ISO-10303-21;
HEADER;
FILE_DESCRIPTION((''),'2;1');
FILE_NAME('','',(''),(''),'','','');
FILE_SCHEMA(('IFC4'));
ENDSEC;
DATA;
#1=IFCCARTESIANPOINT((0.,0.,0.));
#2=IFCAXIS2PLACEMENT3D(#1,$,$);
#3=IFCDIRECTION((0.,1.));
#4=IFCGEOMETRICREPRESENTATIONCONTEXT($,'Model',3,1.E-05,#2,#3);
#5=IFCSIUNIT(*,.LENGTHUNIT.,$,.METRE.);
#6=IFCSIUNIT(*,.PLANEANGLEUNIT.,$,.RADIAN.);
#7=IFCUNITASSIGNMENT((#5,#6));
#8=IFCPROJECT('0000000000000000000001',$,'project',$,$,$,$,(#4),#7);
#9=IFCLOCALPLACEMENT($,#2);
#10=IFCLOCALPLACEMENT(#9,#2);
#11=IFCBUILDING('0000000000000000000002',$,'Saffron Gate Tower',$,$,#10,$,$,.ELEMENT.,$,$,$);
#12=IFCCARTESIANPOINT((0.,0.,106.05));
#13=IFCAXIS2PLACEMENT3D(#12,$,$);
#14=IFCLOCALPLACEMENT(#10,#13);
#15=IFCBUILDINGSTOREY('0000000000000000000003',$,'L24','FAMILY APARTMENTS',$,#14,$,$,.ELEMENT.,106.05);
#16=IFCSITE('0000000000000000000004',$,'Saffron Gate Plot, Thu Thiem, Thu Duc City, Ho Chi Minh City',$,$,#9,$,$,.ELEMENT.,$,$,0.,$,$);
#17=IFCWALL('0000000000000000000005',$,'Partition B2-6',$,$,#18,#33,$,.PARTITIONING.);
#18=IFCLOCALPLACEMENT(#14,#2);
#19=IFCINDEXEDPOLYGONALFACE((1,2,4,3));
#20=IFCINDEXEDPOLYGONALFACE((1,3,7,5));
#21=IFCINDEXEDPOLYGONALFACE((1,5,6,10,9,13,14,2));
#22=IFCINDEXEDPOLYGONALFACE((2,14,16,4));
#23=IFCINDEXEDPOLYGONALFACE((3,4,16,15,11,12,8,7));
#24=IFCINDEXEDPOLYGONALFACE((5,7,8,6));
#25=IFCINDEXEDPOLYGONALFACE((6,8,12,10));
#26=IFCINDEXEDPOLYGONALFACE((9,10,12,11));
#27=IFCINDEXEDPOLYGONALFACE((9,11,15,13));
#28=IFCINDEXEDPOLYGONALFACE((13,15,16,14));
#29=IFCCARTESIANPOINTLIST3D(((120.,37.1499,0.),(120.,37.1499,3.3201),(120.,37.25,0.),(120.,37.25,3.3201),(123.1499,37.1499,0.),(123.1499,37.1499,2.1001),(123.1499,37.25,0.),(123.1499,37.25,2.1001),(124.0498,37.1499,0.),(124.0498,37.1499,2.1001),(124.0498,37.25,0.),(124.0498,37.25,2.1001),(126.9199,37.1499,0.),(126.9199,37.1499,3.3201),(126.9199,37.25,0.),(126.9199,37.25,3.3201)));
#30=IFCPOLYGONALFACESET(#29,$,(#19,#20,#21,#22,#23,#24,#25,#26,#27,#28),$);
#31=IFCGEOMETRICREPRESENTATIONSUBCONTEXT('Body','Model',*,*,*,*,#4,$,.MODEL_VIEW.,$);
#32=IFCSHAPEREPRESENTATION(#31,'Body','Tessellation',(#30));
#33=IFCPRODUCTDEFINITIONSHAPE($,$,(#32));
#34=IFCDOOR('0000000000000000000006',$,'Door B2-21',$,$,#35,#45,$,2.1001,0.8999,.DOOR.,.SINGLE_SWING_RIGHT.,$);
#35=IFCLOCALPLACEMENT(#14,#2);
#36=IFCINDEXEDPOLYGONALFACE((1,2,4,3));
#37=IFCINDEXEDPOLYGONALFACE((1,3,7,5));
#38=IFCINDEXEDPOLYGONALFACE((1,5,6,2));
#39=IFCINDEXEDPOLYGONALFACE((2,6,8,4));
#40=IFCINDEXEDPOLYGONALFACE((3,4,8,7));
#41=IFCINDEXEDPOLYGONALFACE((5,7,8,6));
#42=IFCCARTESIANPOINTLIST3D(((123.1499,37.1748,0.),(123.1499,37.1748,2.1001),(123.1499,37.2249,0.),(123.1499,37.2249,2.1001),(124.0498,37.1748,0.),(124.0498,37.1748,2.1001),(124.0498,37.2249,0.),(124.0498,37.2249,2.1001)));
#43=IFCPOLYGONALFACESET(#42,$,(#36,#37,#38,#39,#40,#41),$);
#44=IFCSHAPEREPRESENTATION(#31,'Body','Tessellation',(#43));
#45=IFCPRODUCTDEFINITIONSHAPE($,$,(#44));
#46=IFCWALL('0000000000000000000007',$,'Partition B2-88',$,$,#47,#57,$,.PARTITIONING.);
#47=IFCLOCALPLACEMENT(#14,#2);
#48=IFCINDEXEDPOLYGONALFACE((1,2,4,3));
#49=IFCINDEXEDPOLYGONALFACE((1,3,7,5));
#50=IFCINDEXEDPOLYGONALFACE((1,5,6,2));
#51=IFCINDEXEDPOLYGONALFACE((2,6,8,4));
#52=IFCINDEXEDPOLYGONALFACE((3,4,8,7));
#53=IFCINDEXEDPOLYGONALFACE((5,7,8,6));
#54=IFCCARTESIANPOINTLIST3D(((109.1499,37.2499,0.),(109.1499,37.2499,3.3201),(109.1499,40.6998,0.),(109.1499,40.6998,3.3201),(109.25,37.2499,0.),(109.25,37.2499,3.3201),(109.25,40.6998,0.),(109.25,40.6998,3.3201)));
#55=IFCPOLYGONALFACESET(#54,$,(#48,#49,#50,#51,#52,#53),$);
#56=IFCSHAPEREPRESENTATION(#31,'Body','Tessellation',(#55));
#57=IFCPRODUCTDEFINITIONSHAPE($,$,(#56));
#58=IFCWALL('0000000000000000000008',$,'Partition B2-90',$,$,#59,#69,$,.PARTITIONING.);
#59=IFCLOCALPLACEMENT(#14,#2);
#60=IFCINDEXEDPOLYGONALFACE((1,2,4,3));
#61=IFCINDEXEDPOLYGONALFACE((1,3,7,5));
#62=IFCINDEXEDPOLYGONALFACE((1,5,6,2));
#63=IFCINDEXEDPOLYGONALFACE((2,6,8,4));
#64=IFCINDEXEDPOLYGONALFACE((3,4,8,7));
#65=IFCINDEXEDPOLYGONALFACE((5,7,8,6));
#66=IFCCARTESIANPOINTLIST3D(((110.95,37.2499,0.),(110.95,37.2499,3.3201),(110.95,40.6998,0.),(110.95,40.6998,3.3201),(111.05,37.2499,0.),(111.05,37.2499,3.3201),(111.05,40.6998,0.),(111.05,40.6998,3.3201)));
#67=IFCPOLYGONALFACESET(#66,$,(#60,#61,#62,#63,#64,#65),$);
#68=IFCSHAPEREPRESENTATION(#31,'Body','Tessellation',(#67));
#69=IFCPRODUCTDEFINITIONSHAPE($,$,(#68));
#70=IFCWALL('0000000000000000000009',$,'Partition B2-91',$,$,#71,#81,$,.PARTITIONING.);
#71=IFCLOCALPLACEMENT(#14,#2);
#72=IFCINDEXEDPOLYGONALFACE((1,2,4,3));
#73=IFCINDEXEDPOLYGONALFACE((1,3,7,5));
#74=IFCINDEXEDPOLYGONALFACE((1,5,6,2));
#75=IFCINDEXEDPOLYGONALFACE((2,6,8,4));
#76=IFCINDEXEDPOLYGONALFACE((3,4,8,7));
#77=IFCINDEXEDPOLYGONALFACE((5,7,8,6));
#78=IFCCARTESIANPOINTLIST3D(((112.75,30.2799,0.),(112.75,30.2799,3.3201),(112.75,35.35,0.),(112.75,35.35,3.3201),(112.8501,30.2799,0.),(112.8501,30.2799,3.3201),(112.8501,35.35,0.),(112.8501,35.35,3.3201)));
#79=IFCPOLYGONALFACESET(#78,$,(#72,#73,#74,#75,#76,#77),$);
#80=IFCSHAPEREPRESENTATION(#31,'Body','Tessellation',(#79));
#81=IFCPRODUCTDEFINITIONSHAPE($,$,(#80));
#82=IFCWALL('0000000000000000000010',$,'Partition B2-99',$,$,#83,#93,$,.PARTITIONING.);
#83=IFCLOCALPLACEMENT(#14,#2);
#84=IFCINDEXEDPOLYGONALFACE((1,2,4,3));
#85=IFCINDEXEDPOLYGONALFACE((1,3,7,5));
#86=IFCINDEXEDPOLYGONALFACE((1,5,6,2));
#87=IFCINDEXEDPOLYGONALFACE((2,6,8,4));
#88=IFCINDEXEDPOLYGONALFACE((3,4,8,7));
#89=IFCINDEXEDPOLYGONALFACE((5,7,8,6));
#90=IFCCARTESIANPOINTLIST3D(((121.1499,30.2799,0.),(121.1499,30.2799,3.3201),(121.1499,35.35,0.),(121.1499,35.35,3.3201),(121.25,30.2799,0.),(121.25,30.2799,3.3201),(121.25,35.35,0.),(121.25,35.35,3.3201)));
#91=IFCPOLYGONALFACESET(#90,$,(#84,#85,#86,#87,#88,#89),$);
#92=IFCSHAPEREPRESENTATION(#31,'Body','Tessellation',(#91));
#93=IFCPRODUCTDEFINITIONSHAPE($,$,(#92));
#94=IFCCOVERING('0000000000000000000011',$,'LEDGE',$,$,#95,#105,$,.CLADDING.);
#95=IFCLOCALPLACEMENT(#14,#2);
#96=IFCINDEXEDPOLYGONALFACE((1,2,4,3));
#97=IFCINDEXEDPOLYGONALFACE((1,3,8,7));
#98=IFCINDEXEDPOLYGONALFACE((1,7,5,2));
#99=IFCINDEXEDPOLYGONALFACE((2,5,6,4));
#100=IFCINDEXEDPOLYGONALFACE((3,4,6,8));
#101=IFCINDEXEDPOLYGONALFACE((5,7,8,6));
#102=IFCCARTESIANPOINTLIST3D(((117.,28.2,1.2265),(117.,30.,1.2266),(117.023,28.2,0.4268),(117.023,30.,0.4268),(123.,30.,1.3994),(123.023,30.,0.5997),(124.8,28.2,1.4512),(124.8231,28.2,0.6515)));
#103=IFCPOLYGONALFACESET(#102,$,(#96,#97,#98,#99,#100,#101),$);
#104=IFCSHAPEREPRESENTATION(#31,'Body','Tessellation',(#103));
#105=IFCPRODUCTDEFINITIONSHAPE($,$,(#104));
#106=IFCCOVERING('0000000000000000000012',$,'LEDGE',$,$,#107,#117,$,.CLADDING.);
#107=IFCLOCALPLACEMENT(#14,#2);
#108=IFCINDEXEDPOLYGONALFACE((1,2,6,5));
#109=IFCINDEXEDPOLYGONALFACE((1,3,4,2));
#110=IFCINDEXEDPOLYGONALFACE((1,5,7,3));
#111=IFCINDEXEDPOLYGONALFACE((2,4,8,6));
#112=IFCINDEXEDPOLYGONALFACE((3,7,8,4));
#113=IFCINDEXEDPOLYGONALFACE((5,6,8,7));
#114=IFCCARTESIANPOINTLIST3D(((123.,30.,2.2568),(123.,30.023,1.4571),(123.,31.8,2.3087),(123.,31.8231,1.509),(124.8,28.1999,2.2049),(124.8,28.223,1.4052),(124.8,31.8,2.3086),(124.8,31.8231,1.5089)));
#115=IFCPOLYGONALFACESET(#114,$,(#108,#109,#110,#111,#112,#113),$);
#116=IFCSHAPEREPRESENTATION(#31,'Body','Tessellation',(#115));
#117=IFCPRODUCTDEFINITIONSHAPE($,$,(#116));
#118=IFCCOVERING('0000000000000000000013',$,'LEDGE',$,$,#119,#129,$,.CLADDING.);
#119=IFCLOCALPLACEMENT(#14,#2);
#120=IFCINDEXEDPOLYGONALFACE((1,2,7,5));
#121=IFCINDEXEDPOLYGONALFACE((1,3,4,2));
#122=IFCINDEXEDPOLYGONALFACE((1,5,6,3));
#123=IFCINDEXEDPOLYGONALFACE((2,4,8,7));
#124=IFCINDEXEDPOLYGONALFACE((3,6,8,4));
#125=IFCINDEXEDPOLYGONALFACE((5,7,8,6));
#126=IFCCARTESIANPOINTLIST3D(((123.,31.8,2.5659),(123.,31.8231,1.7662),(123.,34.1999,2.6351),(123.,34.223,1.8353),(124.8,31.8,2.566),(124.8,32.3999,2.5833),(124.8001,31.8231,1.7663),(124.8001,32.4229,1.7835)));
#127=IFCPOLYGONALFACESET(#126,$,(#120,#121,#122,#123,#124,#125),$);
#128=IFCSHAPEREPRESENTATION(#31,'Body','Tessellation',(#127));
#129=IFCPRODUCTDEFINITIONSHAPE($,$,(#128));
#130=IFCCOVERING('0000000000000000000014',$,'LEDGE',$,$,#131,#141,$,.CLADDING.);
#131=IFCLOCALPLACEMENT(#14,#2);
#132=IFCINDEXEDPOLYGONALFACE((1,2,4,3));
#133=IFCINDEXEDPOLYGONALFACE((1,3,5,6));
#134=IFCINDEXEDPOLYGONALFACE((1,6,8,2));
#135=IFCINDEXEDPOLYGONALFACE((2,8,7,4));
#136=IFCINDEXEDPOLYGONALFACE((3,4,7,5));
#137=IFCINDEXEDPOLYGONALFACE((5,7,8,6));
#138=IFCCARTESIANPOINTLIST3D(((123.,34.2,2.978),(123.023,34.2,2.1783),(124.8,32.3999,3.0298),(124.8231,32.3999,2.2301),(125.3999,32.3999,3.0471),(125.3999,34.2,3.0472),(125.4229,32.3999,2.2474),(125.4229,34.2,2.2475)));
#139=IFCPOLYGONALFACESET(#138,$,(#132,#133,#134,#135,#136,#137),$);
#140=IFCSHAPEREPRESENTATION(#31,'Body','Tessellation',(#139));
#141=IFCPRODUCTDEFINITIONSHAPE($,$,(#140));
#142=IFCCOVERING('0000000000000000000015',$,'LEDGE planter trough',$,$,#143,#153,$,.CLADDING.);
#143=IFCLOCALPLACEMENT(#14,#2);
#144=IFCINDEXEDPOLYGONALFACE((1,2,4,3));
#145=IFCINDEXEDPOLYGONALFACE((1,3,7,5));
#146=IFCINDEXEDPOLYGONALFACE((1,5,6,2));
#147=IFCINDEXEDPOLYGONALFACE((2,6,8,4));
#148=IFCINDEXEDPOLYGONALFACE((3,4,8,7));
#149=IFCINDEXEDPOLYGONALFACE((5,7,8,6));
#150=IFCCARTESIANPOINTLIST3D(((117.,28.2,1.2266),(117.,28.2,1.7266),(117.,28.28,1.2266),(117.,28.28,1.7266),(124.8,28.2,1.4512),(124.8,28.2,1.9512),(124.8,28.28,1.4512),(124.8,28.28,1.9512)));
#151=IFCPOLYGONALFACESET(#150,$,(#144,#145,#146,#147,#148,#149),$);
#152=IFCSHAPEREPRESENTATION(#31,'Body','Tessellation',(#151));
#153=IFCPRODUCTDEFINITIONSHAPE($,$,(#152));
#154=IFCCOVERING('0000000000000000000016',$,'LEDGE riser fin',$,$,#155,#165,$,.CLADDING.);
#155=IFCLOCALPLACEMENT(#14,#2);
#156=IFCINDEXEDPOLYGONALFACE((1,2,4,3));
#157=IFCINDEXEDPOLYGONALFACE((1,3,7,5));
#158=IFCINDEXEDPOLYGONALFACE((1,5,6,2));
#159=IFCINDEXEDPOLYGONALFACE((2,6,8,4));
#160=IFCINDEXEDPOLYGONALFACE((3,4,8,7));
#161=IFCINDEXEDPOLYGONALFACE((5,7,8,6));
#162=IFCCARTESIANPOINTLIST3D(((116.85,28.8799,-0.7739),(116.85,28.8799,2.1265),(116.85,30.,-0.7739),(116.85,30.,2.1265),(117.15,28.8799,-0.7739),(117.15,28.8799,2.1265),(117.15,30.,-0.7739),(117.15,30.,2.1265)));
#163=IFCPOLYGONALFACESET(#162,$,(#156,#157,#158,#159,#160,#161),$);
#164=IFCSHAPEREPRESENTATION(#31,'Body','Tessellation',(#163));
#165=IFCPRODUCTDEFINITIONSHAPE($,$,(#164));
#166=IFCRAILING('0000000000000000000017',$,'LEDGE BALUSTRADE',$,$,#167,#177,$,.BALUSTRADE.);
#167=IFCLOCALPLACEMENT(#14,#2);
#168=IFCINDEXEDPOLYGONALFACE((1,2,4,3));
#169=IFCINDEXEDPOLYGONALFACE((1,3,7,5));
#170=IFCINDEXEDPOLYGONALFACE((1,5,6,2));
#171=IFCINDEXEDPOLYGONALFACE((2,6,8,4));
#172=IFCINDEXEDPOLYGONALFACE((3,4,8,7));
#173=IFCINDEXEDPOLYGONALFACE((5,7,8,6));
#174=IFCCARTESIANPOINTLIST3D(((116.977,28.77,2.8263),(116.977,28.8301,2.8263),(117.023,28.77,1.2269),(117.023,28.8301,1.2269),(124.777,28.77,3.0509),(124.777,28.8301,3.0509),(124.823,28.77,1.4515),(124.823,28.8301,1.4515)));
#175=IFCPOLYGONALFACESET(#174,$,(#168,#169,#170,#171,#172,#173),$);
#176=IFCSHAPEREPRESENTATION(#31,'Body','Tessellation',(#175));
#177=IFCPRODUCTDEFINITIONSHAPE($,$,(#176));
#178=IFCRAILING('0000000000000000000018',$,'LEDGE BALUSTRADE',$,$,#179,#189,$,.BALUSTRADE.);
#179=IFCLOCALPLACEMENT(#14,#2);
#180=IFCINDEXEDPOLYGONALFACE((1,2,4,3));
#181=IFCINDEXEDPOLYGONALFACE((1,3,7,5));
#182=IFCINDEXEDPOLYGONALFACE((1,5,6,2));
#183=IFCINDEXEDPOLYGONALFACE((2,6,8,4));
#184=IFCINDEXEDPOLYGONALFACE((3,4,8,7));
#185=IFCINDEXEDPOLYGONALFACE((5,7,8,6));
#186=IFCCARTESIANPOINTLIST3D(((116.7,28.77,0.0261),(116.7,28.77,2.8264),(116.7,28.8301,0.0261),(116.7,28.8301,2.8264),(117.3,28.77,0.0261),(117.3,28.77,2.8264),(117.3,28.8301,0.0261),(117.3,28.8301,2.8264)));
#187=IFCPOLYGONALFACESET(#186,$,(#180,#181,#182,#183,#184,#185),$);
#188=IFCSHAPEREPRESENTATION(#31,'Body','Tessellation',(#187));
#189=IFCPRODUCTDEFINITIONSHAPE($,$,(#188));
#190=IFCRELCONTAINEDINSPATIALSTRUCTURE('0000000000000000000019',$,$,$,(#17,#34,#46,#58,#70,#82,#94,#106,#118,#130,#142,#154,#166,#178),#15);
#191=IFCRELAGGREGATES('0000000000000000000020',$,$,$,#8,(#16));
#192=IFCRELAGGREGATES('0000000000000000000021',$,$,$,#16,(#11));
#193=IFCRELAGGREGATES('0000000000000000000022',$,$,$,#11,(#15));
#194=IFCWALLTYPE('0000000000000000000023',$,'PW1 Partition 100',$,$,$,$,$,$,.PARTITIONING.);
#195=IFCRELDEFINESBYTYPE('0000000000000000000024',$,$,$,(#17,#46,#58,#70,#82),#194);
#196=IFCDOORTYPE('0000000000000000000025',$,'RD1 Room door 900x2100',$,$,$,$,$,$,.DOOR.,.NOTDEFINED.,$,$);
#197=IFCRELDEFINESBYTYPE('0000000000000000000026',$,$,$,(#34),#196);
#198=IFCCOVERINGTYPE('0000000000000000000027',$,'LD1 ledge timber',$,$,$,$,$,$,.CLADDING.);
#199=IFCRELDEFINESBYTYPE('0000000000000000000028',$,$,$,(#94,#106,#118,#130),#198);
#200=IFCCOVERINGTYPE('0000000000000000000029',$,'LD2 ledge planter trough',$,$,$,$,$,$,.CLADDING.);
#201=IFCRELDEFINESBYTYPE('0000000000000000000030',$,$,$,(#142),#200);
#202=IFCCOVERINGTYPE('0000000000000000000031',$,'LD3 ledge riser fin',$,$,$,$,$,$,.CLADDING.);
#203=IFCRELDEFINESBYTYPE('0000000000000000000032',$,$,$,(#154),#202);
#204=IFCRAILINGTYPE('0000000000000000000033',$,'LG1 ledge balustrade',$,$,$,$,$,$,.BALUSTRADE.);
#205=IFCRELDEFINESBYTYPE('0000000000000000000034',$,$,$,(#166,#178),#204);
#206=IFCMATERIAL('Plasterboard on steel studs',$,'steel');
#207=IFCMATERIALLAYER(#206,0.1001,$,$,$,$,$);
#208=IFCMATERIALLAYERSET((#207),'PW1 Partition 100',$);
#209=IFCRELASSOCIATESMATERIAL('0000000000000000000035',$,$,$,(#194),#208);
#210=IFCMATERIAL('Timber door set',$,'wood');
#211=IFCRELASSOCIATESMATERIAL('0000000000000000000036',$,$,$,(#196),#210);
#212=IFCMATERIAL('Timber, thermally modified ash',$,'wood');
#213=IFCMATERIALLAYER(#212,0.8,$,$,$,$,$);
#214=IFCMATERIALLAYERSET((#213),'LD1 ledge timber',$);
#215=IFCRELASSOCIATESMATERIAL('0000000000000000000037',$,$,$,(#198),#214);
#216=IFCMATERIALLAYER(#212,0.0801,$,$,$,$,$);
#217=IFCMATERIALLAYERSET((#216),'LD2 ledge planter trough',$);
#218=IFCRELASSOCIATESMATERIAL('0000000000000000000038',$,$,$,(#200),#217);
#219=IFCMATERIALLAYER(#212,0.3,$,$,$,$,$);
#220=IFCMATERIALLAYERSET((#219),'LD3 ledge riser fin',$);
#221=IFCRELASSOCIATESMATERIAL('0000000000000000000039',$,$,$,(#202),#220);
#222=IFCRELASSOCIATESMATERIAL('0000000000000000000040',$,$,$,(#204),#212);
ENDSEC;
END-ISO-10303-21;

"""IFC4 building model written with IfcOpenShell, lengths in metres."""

from ifc_helpers import new_model, si_unit, direction, frame, frame_2d, origin, origin_2d, place, context, subcontext, project, spatial, polyline, rectangle, outline, extrude, material, layer, layer_set, type_object, element, fill, save


model = new_model("IFC4")

# Units and contexts
model_context = context("Model", 3, precision=1e-05, world=origin(), true_north=direction((0.0, 1.0)))
body_context = subcontext(model_context, "Body", "Model", "MODEL_VIEW")
ifc_project = project(units=[si_unit("LENGTHUNIT", "METRE"), si_unit("PLANEANGLEUNIT", "RADIAN")], contexts=[model_context])

# Site, building, storey
site_placement = place(None, origin())
site = spatial("IfcSite", under=ifc_project, at=site_placement, Name="Saffron Gate Plot, Thu Thiem, Thu Duc City, Ho Chi Minh City", CompositionType="ELEMENT", RefElevation=0.0)
building_placement = place(site_placement, origin())
building = spatial("IfcBuilding", under=site, at=building_placement, Name="Saffron Gate Tower", CompositionType="ELEMENT")
storey_placement = place(building_placement, frame((0.0, 0.0, 106.05)))
storey = spatial("IfcBuildingStorey", under=building, at=storey_placement, Name="L24", Description="FAMILY APARTMENTS", CompositionType="ELEMENT", Elevation=106.05)

# Wall, opening, door
ifc_material_1 = material(Name="Plasterboard on steel studs", Category="steel")
ifc_layer_1 = layer(ifc_material_1, 0.1001)
ifc_layer_set_1 = layer_set([ifc_layer_1], Name="PW1 Partition 100")
wall_type = type_object("IfcWallType", Name="PW1 Partition 100", PredefinedType="PARTITIONING", material=ifc_layer_set_1)
wall_placement = place(storey_placement, frame((120.0, 37.2, 0.0), z_axis=(0.0, 0.0, 1.0), x_axis=(1.0, 0.0, 0.0)))
wall = element("IfcWall", 1, at=wall_placement, inside=storey, type_object=wall_type, Name="Partition B2-6", PredefinedType="PARTITIONING", context=body_context, shape_type="SweptSolid", body=[
    extrude(rectangle(XDim=6.9199, YDim=0.1001, at=frame_2d((3.46, 0.0))), origin(), (0.0, 0.0, 1.0), 3.3201),
])
opening_placement = place(wall_placement, frame((3.1499, 0.0, 0.0)))
opening = element("IfcOpeningElement", 2, at=opening_placement, cuts=wall, PredefinedType="OPENING", context=body_context, shape_type="SweptSolid", body=[
    extrude(rectangle(XDim=0.8999, YDim=2.1001, at=frame_2d((0.45, 1.05))), frame((0.0, 0.0601, 0.0), z_axis=(0.0, -1.0, 0.0), x_axis=(1.0, 0.0, 0.0)), (0.0, 0.0, 1.0), 0.1201),
])
ifc_material_2 = material(Name="Timber door set", Category="wood")
door_type = type_object("IfcDoorType", Name="RD1 Room door 900x2100", OperationType="NOTDEFINED", PredefinedType="DOOR", material=ifc_material_2)
door_placement = place(opening_placement, origin())
door = element("IfcDoor", 3, at=door_placement, inside=storey, type_object=door_type, Name="Door B2-21", OperationType="SINGLE_SWING_RIGHT", OverallHeight=2.1001, OverallWidth=0.8999, PredefinedType="DOOR", context=body_context, shape_type="SweptSolid", body=[
    extrude(rectangle(XDim=0.8999, YDim=2.1001, at=frame_2d((0.45, 1.05))), frame((0.0, 0.0249, 0.0), z_axis=(0.0, -1.0, 0.0), x_axis=(1.0, 0.0, 0.0)), (0.0, 0.0, 1.0), 0.05),
])
fill(opening, door)

# Walls
for number, where, z_axis, x_axis, name in (
    (4, (109.2, 40.7, 0.0), (0.0, 0.0, 1.0), (0.0, -1.0, 0.0), "Partition B2-88"),
    (5, (111.0, 40.7, 0.0), (0.0, 0.0, 1.0), (0.0, -1.0, 0.0), "Partition B2-90"),
):
    element("IfcWall", number, at=place(storey_placement, frame(where, z_axis=z_axis, x_axis=x_axis)), inside=storey, type_object=wall_type, Name=name, PredefinedType="PARTITIONING", context=body_context, shape_type="SweptSolid", body=[
        extrude(rectangle(XDim=3.45, YDim=0.1001, at=frame_2d((1.7251, 0.0))), origin(), (0.0, 0.0, 1.0), 3.3201),
    ])
for number, where, z_axis, x_axis, name in (
    (6, (112.8, 35.3501, 0.0), (0.0, 0.0, 1.0), (0.0, -1.0, 0.0), "Partition B2-91"),
    (7, (121.2, 35.3501, 0.0), (0.0, 0.0, 1.0), (0.0, -1.0, 0.0), "Partition B2-99"),
):
    element("IfcWall", number, at=place(storey_placement, frame(where, z_axis=z_axis, x_axis=x_axis)), inside=storey, type_object=wall_type, Name=name, PredefinedType="PARTITIONING", context=body_context, shape_type="SweptSolid", body=[
        extrude(rectangle(XDim=5.0701, YDim=0.1001, at=frame_2d((2.5352, 0.0))), origin(), (0.0, 0.0, 1.0), 3.3201),
    ])

# Coverings
ifc_material_3 = material(Name="Timber, thermally modified ash", Category="wood")
ifc_layer_2 = layer(ifc_material_3, 0.8)
ifc_layer_set_2 = layer_set([ifc_layer_2], Name="LD1 ledge timber")
covering_type_1 = type_object("IfcCoveringType", Name="LD1 ledge timber", PredefinedType="CLADDING", material=ifc_layer_set_2)
covering_1_placement = place(storey_placement, frame((117.0, 30.0, 1.2266), z_axis=(-0.028789, -0.000024, 0.999585), x_axis=(0.999585, 0.0, 0.028789)))
element("IfcCovering", 8, at=covering_1_placement, inside=storey, type_object=covering_type_1, Name="LEDGE", PredefinedType="CLADDING", context=body_context, shape_type="SweptSolid", body=[
    extrude(outline(polyline([(0.0, 0.0), (6.0025, 0.0), (7.8033, -1.8), (0.0, -1.8), (0.0, 0.0)])), origin(), (0.0, 0.0, -1.0), 0.8),
])
covering_2_placement = place(storey_placement, frame((123.0, 30.0, 2.2568), z_axis=(0.000045, -0.028787, 0.999586), x_axis=(0.0, 0.999586, 0.028787)))
element("IfcCovering", 9, at=covering_2_placement, inside=storey, type_object=covering_type_1, Name="LEDGE", PredefinedType="CLADDING", context=body_context, shape_type="SweptSolid", body=[
    extrude(outline(polyline([(0.0, 0.0), (1.8008, 0.0), (1.8008, -1.8), (-1.8008, -1.8), (0.0, 0.0)])), origin(), (0.0, 0.0, -1.0), 0.8),
])
covering_3_placement = place(storey_placement, frame((123.0, 31.8, 2.5659), z_axis=(-0.000029, -0.028799, 0.999585), x_axis=(0.0, 0.999585, 0.028799)))
element("IfcCovering", 10, at=covering_3_placement, inside=storey, type_object=covering_type_1, Name="LEDGE", PredefinedType="CLADDING", context=body_context, shape_type="SweptSolid", body=[
    extrude(outline(polyline([(0.0, 0.0), (2.4009, 0.0), (0.6001, -1.8), (0.0, -1.8), (0.0, 0.0)])), origin(), (0.0, 0.0, -1.0), 0.8),
])
covering_4_placement = place(storey_placement, frame((123.0, 34.2, 2.978), z_axis=(-0.028799, -0.000029, 0.999585), x_axis=(0.999585, 0.0, 0.028799)))
element("IfcCovering", 11, at=covering_4_placement, inside=storey, type_object=covering_type_1, Name="LEDGE", PredefinedType="CLADDING", context=body_context, shape_type="SweptSolid", body=[
    extrude(outline(polyline([(0.0, 0.0), (2.4009, 0.0), (2.4009, -1.8), (1.8008, -1.8), (0.0, 0.0)])), origin(), (0.0, 0.0, -1.0), 0.8),
])
ifc_layer_3 = layer(ifc_material_3, 0.0801)
ifc_layer_set_3 = layer_set([ifc_layer_3], Name="LD2 ledge planter trough")
covering_type_2 = type_object("IfcCoveringType", Name="LD2 ledge planter trough", PredefinedType="CLADDING", material=ifc_layer_set_3)
covering_5_placement = place(storey_placement, frame((117.0, 28.2, 1.2266), z_axis=(0.0, -1.0, 0.0), x_axis=(0.999586, 0.0, 0.028784)))
element("IfcCovering", 12, at=covering_5_placement, inside=storey, type_object=covering_type_2, Name="LEDGE planter trough", PredefinedType="CLADDING", context=body_context, shape_type="SweptSolid", body=[
    extrude(outline(polyline([(0.0, 0.0), (7.8033, 0.0), (7.8177, 0.4998), (0.0144, 0.4998), (0.0, 0.0)])), origin(), (0.0, 0.0, -1.0), 0.0801),
])
ifc_layer_4 = layer(ifc_material_3, 0.3)
ifc_layer_set_4 = layer_set([ifc_layer_4], Name="LD3 ledge riser fin")
covering_type_3 = type_object("IfcCoveringType", Name="LD3 ledge riser fin", PredefinedType="CLADDING", material=ifc_layer_set_4)
covering_6_placement = place(storey_placement, frame((117.0, 29.4399, -0.7739), z_axis=(0.0, 0.0, 1.0), x_axis=(1.0, 0.0, 0.0)))
element("IfcCovering", 13, at=covering_6_placement, inside=storey, type_object=covering_type_3, Name="LEDGE riser fin", PredefinedType="CLADDING", context=body_context, shape_type="SweptSolid", body=[
    extrude(rectangle(XDim=0.3, YDim=1.1201, at=origin_2d()), origin(), (0.0, 0.0, 1.0), 2.9004),
])

# Railings
railing_type = type_object("IfcRailingType", Name="LG1 ledge balustrade", PredefinedType="BALUSTRADE", material=ifc_material_3)
railing_1_placement = place(storey_placement, frame((117.0, 28.8, 1.2266)))
element("IfcRailing", 14, at=railing_1_placement, inside=storey, type_object=railing_type, Name="LEDGE BALUSTRADE", PredefinedType="BALUSTRADE", context=body_context, shape_type="SweptSolid", body=[
    extrude(rectangle(XDim=0.0601, YDim=1.6001, at=origin_2d()), frame((0.0, 0.0, 0.8), z_axis=(0.999586, 0.0, 0.028784), x_axis=(0.0, 1.0, 0.0)), (0.0, 0.0, 1.0), 7.8032),
])
railing_2_placement = place(storey_placement, frame((116.7, 28.8, 0.0261)))
element("IfcRailing", 15, at=railing_2_placement, inside=storey, type_object=railing_type, Name="LEDGE BALUSTRADE", PredefinedType="BALUSTRADE", context=body_context, shape_type="SweptSolid", body=[
    extrude(rectangle(XDim=0.0601, YDim=2.8003, at=origin_2d()), frame((0.0, 0.0, 1.4001), z_axis=(1.0, 0.0, 0.0), x_axis=(0.0, 1.0, 0.0)), (0.0, 0.0, 1.0), 0.6001),
])

save(model, "model.ifc")
